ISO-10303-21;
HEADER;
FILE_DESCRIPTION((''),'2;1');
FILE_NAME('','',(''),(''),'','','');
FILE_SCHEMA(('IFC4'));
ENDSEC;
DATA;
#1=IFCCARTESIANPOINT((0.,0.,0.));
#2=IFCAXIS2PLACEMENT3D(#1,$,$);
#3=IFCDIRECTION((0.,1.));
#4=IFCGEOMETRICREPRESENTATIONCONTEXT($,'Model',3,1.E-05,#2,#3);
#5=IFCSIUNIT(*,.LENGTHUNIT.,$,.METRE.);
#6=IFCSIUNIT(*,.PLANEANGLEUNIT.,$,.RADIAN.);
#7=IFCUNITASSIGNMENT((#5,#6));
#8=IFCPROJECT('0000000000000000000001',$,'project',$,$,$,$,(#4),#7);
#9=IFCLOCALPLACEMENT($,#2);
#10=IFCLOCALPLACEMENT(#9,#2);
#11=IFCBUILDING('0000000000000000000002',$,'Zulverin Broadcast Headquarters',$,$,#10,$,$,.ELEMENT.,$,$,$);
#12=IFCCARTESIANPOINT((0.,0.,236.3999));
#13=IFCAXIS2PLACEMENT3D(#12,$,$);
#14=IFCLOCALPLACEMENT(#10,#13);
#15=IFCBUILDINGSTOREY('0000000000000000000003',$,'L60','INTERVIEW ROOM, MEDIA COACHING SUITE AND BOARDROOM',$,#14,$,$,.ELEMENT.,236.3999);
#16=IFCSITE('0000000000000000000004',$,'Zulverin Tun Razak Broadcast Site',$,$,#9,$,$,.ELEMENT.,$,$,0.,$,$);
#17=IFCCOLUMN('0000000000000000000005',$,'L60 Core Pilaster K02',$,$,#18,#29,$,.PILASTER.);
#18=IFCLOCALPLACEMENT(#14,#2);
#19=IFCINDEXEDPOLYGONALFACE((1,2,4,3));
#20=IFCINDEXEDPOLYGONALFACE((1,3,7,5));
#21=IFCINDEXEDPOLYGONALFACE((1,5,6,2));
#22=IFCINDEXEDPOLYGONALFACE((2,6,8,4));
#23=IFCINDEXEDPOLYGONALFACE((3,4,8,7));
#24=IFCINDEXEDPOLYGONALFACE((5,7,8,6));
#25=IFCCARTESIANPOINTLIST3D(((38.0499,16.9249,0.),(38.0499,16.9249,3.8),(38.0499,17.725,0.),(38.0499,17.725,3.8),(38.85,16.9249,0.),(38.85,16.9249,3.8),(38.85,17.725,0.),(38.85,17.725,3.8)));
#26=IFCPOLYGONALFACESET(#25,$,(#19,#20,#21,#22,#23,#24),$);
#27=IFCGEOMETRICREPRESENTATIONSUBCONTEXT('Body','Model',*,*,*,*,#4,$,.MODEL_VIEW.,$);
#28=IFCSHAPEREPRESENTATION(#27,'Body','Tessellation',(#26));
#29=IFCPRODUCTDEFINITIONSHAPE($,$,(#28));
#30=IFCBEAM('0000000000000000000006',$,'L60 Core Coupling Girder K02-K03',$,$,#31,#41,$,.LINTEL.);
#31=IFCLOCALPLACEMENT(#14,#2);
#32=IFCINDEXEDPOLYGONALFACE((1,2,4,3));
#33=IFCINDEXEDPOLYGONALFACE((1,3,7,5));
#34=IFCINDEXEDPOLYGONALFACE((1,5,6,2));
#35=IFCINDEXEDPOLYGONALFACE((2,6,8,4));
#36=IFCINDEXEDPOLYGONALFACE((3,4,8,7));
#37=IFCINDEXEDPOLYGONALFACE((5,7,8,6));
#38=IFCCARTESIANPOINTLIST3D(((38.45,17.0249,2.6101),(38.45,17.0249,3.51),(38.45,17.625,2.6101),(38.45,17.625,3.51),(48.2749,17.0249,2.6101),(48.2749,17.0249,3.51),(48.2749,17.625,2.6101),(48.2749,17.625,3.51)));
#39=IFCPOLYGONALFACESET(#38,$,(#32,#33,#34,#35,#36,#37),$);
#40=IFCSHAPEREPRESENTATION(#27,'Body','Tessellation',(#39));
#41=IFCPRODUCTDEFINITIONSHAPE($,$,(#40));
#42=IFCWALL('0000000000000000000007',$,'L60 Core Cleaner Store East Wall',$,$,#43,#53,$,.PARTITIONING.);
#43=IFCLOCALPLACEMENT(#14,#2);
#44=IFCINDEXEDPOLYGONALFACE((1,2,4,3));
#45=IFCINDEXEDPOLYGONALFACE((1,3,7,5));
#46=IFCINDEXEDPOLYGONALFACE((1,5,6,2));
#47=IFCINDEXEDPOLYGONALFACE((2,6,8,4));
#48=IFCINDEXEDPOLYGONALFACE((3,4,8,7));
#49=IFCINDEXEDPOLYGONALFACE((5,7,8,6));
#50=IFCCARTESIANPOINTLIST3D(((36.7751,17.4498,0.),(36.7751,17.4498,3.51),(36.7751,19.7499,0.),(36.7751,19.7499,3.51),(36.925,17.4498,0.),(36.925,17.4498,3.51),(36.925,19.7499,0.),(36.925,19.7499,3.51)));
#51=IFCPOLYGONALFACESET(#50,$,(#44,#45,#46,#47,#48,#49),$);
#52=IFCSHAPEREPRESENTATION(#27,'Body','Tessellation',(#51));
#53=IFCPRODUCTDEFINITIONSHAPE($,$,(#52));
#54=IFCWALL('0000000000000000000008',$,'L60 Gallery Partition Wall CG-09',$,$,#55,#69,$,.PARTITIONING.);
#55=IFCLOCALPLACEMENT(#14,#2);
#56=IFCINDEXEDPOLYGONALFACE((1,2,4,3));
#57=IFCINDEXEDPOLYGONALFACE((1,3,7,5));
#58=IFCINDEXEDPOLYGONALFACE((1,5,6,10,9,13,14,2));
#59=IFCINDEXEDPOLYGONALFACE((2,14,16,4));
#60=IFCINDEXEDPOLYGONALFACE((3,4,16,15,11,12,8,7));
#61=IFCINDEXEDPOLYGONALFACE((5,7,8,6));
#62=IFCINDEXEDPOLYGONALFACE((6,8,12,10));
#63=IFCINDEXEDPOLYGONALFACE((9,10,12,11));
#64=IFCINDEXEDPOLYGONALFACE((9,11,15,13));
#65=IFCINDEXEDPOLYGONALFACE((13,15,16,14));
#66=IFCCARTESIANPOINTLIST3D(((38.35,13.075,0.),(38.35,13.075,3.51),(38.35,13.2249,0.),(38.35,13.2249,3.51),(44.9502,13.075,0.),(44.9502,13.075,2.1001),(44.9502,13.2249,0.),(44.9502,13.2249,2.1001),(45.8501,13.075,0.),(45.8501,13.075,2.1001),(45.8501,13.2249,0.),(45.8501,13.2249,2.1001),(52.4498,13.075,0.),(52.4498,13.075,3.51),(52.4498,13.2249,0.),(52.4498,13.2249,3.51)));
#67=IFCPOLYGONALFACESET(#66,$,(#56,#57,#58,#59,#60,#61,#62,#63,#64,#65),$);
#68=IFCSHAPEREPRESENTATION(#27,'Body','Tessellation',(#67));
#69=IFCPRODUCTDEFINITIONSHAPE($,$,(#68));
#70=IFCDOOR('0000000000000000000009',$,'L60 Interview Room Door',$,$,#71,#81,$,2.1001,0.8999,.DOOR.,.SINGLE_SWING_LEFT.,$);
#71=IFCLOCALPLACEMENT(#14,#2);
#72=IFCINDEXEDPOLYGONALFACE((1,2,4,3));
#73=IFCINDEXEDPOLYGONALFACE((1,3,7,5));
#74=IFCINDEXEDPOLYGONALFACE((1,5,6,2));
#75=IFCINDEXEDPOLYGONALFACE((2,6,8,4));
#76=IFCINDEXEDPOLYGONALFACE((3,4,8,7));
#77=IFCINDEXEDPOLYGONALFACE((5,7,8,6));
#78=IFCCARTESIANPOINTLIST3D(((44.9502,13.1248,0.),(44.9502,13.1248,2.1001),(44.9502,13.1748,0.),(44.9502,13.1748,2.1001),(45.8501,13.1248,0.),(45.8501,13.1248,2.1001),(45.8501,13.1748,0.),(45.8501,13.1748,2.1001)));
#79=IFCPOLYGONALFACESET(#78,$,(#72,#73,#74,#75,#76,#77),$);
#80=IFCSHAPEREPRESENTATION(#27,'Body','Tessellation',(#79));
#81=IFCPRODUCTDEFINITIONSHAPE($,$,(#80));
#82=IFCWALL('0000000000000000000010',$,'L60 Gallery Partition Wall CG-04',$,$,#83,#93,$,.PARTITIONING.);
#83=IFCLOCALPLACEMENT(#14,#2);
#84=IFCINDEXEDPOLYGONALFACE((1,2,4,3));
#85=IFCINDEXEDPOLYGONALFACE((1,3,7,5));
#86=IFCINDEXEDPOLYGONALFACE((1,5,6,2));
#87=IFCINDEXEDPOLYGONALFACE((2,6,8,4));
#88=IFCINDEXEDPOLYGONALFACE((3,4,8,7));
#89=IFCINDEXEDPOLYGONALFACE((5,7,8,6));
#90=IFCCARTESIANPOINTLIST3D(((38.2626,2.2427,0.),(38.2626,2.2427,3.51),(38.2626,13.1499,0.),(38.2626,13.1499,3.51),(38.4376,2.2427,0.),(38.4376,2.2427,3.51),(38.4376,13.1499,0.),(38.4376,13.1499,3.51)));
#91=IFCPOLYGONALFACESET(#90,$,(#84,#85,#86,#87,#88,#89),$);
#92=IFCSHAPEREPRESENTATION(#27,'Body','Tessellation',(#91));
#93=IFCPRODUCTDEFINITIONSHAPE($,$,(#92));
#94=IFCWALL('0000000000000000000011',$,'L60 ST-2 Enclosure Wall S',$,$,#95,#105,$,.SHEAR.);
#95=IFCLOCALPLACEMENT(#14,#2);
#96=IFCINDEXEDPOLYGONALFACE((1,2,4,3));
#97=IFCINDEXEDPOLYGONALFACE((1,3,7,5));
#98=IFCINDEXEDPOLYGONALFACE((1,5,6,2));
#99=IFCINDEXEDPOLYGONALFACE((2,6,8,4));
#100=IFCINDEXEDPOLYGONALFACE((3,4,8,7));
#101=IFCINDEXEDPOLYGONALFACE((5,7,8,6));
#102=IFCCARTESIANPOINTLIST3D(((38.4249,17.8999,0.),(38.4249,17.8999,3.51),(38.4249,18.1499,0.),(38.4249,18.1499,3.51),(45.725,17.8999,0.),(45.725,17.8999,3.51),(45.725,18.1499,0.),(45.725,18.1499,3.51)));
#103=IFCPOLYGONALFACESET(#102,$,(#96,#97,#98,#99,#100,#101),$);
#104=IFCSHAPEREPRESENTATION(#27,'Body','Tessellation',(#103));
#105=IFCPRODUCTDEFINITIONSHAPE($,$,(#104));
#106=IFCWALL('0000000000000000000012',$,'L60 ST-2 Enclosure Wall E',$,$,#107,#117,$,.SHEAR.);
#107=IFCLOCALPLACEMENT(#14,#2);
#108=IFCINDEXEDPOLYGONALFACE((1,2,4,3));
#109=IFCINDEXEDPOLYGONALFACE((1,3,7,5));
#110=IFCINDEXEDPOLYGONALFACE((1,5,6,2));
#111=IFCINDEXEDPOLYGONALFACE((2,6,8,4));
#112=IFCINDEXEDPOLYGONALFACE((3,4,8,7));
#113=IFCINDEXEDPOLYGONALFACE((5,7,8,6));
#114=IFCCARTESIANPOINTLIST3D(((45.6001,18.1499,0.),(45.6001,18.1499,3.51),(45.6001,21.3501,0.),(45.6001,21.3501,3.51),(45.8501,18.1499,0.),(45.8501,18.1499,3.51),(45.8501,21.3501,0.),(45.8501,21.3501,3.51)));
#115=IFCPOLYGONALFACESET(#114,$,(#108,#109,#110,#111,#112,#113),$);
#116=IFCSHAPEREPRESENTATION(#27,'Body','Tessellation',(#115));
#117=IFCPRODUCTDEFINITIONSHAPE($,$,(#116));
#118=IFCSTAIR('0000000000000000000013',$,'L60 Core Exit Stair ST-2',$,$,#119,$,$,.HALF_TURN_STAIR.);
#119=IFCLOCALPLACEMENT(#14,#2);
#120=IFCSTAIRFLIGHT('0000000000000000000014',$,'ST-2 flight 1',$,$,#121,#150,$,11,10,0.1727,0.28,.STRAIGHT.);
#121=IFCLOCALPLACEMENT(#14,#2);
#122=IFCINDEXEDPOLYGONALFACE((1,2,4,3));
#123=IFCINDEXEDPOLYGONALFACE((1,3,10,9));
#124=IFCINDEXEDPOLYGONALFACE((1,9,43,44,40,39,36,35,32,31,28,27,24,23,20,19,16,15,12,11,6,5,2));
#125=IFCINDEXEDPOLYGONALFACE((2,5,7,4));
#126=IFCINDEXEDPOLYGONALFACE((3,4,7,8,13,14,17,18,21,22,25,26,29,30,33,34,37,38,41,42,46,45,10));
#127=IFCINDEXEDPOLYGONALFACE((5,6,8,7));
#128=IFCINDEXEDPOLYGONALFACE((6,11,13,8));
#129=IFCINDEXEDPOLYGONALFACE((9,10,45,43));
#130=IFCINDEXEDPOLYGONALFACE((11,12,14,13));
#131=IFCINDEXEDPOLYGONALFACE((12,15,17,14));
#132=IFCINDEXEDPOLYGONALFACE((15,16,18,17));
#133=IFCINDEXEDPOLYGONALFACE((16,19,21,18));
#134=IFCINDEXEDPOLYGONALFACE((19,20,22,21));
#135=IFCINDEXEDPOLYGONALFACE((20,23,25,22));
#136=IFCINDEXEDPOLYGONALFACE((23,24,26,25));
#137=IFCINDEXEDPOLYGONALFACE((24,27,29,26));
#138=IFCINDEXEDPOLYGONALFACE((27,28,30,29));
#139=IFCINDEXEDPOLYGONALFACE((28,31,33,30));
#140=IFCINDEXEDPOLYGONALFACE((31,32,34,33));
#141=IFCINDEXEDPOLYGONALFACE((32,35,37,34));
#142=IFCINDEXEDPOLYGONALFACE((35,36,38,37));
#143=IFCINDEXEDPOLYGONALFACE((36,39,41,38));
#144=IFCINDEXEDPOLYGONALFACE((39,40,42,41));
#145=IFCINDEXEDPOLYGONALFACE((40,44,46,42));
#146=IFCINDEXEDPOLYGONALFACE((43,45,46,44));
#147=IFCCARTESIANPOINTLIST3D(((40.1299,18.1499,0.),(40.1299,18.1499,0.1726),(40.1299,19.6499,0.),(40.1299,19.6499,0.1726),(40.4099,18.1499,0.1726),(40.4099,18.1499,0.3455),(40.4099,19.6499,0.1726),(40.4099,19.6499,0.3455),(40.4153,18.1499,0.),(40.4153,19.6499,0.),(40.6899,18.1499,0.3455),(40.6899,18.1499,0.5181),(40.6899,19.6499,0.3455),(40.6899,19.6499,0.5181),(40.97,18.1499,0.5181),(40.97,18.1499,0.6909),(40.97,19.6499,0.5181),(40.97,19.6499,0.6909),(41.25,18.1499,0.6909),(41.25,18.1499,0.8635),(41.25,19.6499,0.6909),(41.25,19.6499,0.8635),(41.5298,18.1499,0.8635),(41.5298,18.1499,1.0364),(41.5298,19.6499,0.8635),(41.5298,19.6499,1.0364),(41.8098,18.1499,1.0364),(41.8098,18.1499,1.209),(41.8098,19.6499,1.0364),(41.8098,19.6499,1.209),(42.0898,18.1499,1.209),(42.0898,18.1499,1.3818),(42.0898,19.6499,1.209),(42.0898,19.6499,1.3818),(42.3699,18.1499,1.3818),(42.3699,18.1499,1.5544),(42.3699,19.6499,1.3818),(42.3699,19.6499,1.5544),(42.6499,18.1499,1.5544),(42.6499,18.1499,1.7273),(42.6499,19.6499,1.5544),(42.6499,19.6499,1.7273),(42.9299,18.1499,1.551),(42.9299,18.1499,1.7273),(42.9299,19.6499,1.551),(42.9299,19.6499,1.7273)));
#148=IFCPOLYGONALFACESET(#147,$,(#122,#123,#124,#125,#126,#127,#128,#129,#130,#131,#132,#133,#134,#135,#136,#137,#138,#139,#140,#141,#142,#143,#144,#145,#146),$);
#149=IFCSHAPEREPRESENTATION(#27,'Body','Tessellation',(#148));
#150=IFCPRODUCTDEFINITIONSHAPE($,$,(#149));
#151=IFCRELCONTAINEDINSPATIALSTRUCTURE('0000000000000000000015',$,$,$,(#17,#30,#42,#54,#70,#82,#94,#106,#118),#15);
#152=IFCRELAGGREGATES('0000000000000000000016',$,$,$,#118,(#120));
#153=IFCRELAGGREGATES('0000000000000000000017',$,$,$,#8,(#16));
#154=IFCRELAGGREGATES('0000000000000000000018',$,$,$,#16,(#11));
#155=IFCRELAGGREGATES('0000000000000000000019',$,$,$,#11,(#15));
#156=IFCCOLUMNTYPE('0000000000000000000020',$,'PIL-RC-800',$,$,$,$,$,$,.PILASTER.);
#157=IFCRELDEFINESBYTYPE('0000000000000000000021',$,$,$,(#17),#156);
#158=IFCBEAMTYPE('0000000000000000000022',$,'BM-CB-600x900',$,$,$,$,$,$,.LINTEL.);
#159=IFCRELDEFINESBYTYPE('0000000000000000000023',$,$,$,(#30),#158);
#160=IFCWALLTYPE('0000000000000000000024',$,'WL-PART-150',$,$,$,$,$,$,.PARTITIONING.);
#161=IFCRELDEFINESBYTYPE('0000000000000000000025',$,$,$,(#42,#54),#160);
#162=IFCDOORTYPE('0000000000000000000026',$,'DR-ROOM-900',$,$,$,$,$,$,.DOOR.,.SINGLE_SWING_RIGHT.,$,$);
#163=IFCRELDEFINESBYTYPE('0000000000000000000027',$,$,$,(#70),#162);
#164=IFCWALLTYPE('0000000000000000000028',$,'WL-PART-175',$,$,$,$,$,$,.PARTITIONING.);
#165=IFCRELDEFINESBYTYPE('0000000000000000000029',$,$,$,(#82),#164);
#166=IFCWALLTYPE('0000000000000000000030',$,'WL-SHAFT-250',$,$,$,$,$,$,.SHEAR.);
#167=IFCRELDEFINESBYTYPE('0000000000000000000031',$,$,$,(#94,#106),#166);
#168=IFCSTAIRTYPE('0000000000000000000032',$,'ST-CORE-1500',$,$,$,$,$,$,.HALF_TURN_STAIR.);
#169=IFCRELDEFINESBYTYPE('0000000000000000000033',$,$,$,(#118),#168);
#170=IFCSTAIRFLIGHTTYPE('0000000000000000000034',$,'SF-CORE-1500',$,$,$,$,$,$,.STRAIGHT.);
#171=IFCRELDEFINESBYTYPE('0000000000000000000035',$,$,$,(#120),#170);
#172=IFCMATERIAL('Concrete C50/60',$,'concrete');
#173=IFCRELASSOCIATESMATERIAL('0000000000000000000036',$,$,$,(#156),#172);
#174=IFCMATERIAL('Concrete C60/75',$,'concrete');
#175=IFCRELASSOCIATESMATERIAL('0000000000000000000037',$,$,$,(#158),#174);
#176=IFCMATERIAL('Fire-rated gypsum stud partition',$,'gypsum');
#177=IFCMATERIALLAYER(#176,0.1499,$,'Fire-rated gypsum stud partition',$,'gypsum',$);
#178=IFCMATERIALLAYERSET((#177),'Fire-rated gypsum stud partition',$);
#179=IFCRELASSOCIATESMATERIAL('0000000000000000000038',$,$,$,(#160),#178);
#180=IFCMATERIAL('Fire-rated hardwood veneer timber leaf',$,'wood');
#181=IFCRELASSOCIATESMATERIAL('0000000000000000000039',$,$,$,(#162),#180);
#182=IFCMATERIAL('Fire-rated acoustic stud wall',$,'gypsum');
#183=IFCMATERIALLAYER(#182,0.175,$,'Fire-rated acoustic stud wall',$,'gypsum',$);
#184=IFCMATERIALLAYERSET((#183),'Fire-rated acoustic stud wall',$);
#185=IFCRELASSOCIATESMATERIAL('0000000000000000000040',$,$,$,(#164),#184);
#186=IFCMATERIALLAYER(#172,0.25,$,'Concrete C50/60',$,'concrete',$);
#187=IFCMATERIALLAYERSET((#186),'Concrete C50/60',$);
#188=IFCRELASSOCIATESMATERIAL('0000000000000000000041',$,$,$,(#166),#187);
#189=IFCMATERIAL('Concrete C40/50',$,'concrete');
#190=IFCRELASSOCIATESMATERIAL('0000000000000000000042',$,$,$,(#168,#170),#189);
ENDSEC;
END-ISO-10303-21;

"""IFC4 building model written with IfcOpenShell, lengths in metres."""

from ifc_helpers import new_model, si_unit, direction, frame, frame_2d, origin, origin_2d, place, context, subcontext, project, spatial, polyline, rectangle, outline, extrude, material, layer, layer_set, material_profile, profile_set, type_object, element, fill, aggregate, save


model = new_model("IFC4")

# Units and contexts
model_context = context("Model", 3, precision=1e-05, world=origin(), true_north=direction((0.0, 1.0)))
body_context = subcontext(model_context, "Body", "Model", "MODEL_VIEW")
ifc_project = project(units=[si_unit("LENGTHUNIT", "METRE"), si_unit("PLANEANGLEUNIT", "RADIAN")], contexts=[model_context])

# Site, building, storey
site_placement = place(None, origin())
site = spatial("IfcSite", under=ifc_project, at=site_placement, Name="Zulverin Tun Razak Broadcast Site", CompositionType="ELEMENT", RefElevation=0.0)
building_placement = place(site_placement, origin())
building = spatial("IfcBuilding", under=site, at=building_placement, Name="Zulverin Broadcast Headquarters", CompositionType="ELEMENT")
storey_placement = place(building_placement, frame((0.0, 0.0, 236.3999)))
storey = spatial("IfcBuildingStorey", under=building, at=storey_placement, Name="L60", Description="INTERVIEW ROOM, MEDIA COACHING SUITE AND BOARDROOM", CompositionType="ELEMENT", Elevation=236.3999)

# Column
ifc_material_1 = material(Name="Concrete C50/60", Category="concrete")
ifc_material_profile_1 = material_profile(ifc_material_1, rectangle(XDim=0.8, YDim=0.8, at=origin_2d()), Name="Concrete C50/60", Category="concrete")
ifc_profile_set_1 = profile_set([ifc_material_profile_1], Name="Concrete C50/60")
column_type = type_object("IfcColumnType", Name="PIL-RC-800", PredefinedType="PILASTER", material=ifc_profile_set_1)
column_placement = place(storey_placement, frame((38.45, 17.325, 0.0), z_axis=(0.0, 0.0, 1.0), x_axis=(1.0, 0.0, 0.0)))
element("IfcColumn", 1, at=column_placement, inside=storey, type_object=column_type, Name="L60 Core Pilaster K02", PredefinedType="PILASTER", context=body_context, shape_type="SweptSolid", body=[
    extrude(rectangle(XDim=0.8, YDim=0.8, at=origin_2d()), origin(), (0.0, 0.0, 1.0), 3.8),
])

# Beam
ifc_material_2 = material(Name="Concrete C60/75", Category="concrete")
ifc_material_profile_2 = material_profile(ifc_material_2, rectangle(XDim=0.6001, YDim=0.8999, at=origin_2d()), Name="Concrete C60/75", Category="concrete")
ifc_profile_set_2 = profile_set([ifc_material_profile_2], Name="Concrete C60/75")
beam_type = type_object("IfcBeamType", Name="BM-CB-600x900", PredefinedType="LINTEL", material=ifc_profile_set_2)
beam_placement = place(storey_placement, frame((38.45, 17.325, 3.0601), z_axis=(1.0, 0.0, 0.0), x_axis=(0.0, 1.0, 0.0)))
element("IfcBeam", 2, at=beam_placement, inside=storey, type_object=beam_type, Name="L60 Core Coupling Girder K02-K03", PredefinedType="LINTEL", context=body_context, shape_type="SweptSolid", body=[
    extrude(rectangle(XDim=0.6001, YDim=0.8999, at=origin_2d()), origin(), (0.0, 0.0, 1.0), 9.825),
])

# Wall
ifc_material_3 = material(Name="Fire-rated gypsum stud partition", Category="gypsum")
ifc_layer_1 = layer(ifc_material_3, 0.1499, Name="Fire-rated gypsum stud partition", Category="gypsum")
ifc_layer_set_1 = layer_set([ifc_layer_1], Name="Fire-rated gypsum stud partition")
wall_type_1 = type_object("IfcWallType", Name="WL-PART-150", PredefinedType="PARTITIONING", material=ifc_layer_set_1)
wall_1_placement = place(storey_placement, frame((36.8501, 17.45, 0.0), z_axis=(0.0, 0.0, 1.0), x_axis=(0.0, 1.0, 0.0)))
element("IfcWall", 3, at=wall_1_placement, inside=storey, type_object=wall_type_1, Name="L60 Core Cleaner Store East Wall", PredefinedType="PARTITIONING", context=body_context, shape_type="SweptSolid", body=[
    extrude(rectangle(XDim=2.3, YDim=0.1499, at=frame_2d((1.1499, 0.0))), origin(), (0.0, 0.0, 1.0), 3.51),
])

# Wall, opening, door
wall_2_placement = place(storey_placement, frame((38.3501, 13.1499, 0.0), z_axis=(0.0, 0.0, 1.0), x_axis=(1.0, 0.0, 0.0)))
wall_2 = element("IfcWall", 4, at=wall_2_placement, inside=storey, type_object=wall_type_1, Name="L60 Gallery Partition Wall CG-09", PredefinedType="PARTITIONING", context=body_context, shape_type="SweptSolid", body=[
    extrude(rectangle(XDim=14.0999, YDim=0.1499, at=frame_2d((7.0498, 0.0))), origin(), (0.0, 0.0, 1.0), 3.51),
])
opening_1_placement = place(wall_2_placement, frame((6.6001, 0.0, 0.0)))
opening_1 = element("IfcOpeningElement", 5, at=opening_1_placement, cuts=wall_2, PredefinedType="OPENING", context=body_context, shape_type="SweptSolid", body=[
    extrude(rectangle(XDim=0.8999, YDim=2.1001, at=frame_2d((0.45, 1.05))), frame((0.0, 0.085, 0.0), z_axis=(0.0, -1.0, 0.0), x_axis=(1.0, 0.0, 0.0)), (0.0, 0.0, 1.0), 0.1699),
])
ifc_material_4 = material(Name="Fire-rated hardwood veneer timber leaf", Category="wood")
door_type_1 = type_object("IfcDoorType", Name="DR-ROOM-900", OperationType="SINGLE_SWING_RIGHT", PredefinedType="DOOR", material=ifc_material_4)
door_1_placement = place(opening_1_placement, origin())
door_1 = element("IfcDoor", 6, at=door_1_placement, inside=storey, type_object=door_type_1, Name="L60 Interview Room Door", OperationType="SINGLE_SWING_LEFT", OverallHeight=2.1001, OverallWidth=0.8999, PredefinedType="DOOR", context=body_context, shape_type="SweptSolid", body=[
    extrude(rectangle(XDim=0.8999, YDim=2.1001, at=frame_2d((0.45, 1.05))), frame((0.0, 0.0249, 0.0), z_axis=(0.0, -1.0, 0.0), x_axis=(1.0, 0.0, 0.0)), (0.0, 0.0, 1.0), 0.05),
])
fill(opening_1, door_1)

# Walls
ifc_material_5 = material(Name="Fire-rated acoustic stud wall", Category="gypsum")
ifc_layer_2 = layer(ifc_material_5, 0.175, Name="Fire-rated acoustic stud wall", Category="gypsum")
ifc_layer_set_2 = layer_set([ifc_layer_2], Name="Fire-rated acoustic stud wall")
wall_type_2 = type_object("IfcWallType", Name="WL-PART-175", PredefinedType="PARTITIONING", material=ifc_layer_set_2)
wall_3_placement = place(storey_placement, frame((38.3501, 2.2427, 0.0), z_axis=(0.0, 0.0, 1.0), x_axis=(0.0, 1.0, 0.0)))
element("IfcWall", 7, at=wall_3_placement, inside=storey, type_object=wall_type_2, Name="L60 Gallery Partition Wall CG-04", PredefinedType="PARTITIONING", context=body_context, shape_type="SweptSolid", body=[
    extrude(rectangle(XDim=10.9072, YDim=0.175, at=frame_2d((5.4536, 0.0))), origin(), (0.0, 0.0, 1.0), 3.51),
])
ifc_layer_3 = layer(ifc_material_1, 0.25, Name="Concrete C50/60", Category="concrete")
ifc_layer_set_3 = layer_set([ifc_layer_3], Name="Concrete C50/60")
wall_type_3 = type_object("IfcWallType", Name="WL-SHAFT-250", PredefinedType="SHEAR", material=ifc_layer_set_3)
wall_4_placement = place(storey_placement, frame((38.425, 18.0249, 0.0), z_axis=(0.0, 0.0, 1.0), x_axis=(1.0, 0.0, 0.0)))
element("IfcWall", 8, at=wall_4_placement, inside=storey, type_object=wall_type_3, Name="L60 ST-2 Enclosure Wall S", PredefinedType="SHEAR", context=body_context, shape_type="SweptSolid", body=[
    extrude(rectangle(XDim=7.3, YDim=0.25, at=frame_2d((3.6499, 0.0))), origin(), (0.0, 0.0, 1.0), 3.51),
])

# Wall
wall_5_placement = place(storey_placement, frame((45.7251, 18.1499, 0.0), z_axis=(0.0, 0.0, 1.0), x_axis=(0.0, 1.0, 0.0)))
element("IfcWall", 9, at=wall_5_placement, inside=storey, type_object=wall_type_3, Name="L60 ST-2 Enclosure Wall E", PredefinedType="SHEAR", context=body_context, shape_type="SweptSolid", body=[
    extrude(rectangle(XDim=3.2002, YDim=0.25, at=frame_2d((1.6001, 0.0))), origin(), (0.0, 0.0, 1.0), 3.51),
])

# Stair, stair flight
ifc_material_6 = material(Name="Concrete C40/50", Category="concrete")
stair_type = type_object("IfcStairType", Name="ST-CORE-1500", PredefinedType="HALF_TURN_STAIR", material=ifc_material_6)
stair_placement = place(storey_placement, origin())
stair = element("IfcStair", 10, at=stair_placement, inside=storey, type_object=stair_type, Name="L60 Core Exit Stair ST-2", PredefinedType="HALF_TURN_STAIR")
stair_flight_type = type_object("IfcStairFlightType", Name="SF-CORE-1500", PredefinedType="STRAIGHT", material=ifc_material_6)
stair_flight_placement = place(storey_placement, frame((40.1299, 18.8999, 0.0), z_axis=(0.0, 0.0, 1.0), x_axis=(1.0, 0.0, 0.0)))
stair_flight = element("IfcStairFlight", 11, at=stair_flight_placement, type_object=stair_flight_type, Name="ST-2 flight 1", NumberOfRisers=11, NumberOfTreads=10, PredefinedType="STRAIGHT", RiserHeight=0.1727, TreadLength=0.28, context=body_context, shape_type="SweptSolid", body=[
    extrude(outline(polyline([(0.0, 0.0), (0.0, 0.1726), (0.28, 0.1726), (0.28, 0.3455), (0.5601, 0.3455), (0.5601, 0.5181), (0.8401, 0.5181), (0.8401, 0.6909), (1.1201, 0.6909), (1.1201, 0.8635), (1.3999, 0.8635), (1.3999, 1.0364), (1.6799, 1.0364), (1.6799, 1.209), (1.96, 1.209), (1.96, 1.3818), (2.24, 1.3818), (2.24, 1.5544), (2.52, 1.5544), (2.52, 1.7273), (2.8, 1.7273), (2.8, 1.8999), (2.8, 1.551), (0.2854, 0.0), (0.0, 0.0)])), frame((0.0, 0.75, 0.0), z_axis=(0.0, -1.0, 0.0), x_axis=(1.0, 0.0, 0.0)), (0.0, 0.0, 1.0), 1.5),
])
aggregate(stair, [stair_flight])

save(model, "model.ifc")
